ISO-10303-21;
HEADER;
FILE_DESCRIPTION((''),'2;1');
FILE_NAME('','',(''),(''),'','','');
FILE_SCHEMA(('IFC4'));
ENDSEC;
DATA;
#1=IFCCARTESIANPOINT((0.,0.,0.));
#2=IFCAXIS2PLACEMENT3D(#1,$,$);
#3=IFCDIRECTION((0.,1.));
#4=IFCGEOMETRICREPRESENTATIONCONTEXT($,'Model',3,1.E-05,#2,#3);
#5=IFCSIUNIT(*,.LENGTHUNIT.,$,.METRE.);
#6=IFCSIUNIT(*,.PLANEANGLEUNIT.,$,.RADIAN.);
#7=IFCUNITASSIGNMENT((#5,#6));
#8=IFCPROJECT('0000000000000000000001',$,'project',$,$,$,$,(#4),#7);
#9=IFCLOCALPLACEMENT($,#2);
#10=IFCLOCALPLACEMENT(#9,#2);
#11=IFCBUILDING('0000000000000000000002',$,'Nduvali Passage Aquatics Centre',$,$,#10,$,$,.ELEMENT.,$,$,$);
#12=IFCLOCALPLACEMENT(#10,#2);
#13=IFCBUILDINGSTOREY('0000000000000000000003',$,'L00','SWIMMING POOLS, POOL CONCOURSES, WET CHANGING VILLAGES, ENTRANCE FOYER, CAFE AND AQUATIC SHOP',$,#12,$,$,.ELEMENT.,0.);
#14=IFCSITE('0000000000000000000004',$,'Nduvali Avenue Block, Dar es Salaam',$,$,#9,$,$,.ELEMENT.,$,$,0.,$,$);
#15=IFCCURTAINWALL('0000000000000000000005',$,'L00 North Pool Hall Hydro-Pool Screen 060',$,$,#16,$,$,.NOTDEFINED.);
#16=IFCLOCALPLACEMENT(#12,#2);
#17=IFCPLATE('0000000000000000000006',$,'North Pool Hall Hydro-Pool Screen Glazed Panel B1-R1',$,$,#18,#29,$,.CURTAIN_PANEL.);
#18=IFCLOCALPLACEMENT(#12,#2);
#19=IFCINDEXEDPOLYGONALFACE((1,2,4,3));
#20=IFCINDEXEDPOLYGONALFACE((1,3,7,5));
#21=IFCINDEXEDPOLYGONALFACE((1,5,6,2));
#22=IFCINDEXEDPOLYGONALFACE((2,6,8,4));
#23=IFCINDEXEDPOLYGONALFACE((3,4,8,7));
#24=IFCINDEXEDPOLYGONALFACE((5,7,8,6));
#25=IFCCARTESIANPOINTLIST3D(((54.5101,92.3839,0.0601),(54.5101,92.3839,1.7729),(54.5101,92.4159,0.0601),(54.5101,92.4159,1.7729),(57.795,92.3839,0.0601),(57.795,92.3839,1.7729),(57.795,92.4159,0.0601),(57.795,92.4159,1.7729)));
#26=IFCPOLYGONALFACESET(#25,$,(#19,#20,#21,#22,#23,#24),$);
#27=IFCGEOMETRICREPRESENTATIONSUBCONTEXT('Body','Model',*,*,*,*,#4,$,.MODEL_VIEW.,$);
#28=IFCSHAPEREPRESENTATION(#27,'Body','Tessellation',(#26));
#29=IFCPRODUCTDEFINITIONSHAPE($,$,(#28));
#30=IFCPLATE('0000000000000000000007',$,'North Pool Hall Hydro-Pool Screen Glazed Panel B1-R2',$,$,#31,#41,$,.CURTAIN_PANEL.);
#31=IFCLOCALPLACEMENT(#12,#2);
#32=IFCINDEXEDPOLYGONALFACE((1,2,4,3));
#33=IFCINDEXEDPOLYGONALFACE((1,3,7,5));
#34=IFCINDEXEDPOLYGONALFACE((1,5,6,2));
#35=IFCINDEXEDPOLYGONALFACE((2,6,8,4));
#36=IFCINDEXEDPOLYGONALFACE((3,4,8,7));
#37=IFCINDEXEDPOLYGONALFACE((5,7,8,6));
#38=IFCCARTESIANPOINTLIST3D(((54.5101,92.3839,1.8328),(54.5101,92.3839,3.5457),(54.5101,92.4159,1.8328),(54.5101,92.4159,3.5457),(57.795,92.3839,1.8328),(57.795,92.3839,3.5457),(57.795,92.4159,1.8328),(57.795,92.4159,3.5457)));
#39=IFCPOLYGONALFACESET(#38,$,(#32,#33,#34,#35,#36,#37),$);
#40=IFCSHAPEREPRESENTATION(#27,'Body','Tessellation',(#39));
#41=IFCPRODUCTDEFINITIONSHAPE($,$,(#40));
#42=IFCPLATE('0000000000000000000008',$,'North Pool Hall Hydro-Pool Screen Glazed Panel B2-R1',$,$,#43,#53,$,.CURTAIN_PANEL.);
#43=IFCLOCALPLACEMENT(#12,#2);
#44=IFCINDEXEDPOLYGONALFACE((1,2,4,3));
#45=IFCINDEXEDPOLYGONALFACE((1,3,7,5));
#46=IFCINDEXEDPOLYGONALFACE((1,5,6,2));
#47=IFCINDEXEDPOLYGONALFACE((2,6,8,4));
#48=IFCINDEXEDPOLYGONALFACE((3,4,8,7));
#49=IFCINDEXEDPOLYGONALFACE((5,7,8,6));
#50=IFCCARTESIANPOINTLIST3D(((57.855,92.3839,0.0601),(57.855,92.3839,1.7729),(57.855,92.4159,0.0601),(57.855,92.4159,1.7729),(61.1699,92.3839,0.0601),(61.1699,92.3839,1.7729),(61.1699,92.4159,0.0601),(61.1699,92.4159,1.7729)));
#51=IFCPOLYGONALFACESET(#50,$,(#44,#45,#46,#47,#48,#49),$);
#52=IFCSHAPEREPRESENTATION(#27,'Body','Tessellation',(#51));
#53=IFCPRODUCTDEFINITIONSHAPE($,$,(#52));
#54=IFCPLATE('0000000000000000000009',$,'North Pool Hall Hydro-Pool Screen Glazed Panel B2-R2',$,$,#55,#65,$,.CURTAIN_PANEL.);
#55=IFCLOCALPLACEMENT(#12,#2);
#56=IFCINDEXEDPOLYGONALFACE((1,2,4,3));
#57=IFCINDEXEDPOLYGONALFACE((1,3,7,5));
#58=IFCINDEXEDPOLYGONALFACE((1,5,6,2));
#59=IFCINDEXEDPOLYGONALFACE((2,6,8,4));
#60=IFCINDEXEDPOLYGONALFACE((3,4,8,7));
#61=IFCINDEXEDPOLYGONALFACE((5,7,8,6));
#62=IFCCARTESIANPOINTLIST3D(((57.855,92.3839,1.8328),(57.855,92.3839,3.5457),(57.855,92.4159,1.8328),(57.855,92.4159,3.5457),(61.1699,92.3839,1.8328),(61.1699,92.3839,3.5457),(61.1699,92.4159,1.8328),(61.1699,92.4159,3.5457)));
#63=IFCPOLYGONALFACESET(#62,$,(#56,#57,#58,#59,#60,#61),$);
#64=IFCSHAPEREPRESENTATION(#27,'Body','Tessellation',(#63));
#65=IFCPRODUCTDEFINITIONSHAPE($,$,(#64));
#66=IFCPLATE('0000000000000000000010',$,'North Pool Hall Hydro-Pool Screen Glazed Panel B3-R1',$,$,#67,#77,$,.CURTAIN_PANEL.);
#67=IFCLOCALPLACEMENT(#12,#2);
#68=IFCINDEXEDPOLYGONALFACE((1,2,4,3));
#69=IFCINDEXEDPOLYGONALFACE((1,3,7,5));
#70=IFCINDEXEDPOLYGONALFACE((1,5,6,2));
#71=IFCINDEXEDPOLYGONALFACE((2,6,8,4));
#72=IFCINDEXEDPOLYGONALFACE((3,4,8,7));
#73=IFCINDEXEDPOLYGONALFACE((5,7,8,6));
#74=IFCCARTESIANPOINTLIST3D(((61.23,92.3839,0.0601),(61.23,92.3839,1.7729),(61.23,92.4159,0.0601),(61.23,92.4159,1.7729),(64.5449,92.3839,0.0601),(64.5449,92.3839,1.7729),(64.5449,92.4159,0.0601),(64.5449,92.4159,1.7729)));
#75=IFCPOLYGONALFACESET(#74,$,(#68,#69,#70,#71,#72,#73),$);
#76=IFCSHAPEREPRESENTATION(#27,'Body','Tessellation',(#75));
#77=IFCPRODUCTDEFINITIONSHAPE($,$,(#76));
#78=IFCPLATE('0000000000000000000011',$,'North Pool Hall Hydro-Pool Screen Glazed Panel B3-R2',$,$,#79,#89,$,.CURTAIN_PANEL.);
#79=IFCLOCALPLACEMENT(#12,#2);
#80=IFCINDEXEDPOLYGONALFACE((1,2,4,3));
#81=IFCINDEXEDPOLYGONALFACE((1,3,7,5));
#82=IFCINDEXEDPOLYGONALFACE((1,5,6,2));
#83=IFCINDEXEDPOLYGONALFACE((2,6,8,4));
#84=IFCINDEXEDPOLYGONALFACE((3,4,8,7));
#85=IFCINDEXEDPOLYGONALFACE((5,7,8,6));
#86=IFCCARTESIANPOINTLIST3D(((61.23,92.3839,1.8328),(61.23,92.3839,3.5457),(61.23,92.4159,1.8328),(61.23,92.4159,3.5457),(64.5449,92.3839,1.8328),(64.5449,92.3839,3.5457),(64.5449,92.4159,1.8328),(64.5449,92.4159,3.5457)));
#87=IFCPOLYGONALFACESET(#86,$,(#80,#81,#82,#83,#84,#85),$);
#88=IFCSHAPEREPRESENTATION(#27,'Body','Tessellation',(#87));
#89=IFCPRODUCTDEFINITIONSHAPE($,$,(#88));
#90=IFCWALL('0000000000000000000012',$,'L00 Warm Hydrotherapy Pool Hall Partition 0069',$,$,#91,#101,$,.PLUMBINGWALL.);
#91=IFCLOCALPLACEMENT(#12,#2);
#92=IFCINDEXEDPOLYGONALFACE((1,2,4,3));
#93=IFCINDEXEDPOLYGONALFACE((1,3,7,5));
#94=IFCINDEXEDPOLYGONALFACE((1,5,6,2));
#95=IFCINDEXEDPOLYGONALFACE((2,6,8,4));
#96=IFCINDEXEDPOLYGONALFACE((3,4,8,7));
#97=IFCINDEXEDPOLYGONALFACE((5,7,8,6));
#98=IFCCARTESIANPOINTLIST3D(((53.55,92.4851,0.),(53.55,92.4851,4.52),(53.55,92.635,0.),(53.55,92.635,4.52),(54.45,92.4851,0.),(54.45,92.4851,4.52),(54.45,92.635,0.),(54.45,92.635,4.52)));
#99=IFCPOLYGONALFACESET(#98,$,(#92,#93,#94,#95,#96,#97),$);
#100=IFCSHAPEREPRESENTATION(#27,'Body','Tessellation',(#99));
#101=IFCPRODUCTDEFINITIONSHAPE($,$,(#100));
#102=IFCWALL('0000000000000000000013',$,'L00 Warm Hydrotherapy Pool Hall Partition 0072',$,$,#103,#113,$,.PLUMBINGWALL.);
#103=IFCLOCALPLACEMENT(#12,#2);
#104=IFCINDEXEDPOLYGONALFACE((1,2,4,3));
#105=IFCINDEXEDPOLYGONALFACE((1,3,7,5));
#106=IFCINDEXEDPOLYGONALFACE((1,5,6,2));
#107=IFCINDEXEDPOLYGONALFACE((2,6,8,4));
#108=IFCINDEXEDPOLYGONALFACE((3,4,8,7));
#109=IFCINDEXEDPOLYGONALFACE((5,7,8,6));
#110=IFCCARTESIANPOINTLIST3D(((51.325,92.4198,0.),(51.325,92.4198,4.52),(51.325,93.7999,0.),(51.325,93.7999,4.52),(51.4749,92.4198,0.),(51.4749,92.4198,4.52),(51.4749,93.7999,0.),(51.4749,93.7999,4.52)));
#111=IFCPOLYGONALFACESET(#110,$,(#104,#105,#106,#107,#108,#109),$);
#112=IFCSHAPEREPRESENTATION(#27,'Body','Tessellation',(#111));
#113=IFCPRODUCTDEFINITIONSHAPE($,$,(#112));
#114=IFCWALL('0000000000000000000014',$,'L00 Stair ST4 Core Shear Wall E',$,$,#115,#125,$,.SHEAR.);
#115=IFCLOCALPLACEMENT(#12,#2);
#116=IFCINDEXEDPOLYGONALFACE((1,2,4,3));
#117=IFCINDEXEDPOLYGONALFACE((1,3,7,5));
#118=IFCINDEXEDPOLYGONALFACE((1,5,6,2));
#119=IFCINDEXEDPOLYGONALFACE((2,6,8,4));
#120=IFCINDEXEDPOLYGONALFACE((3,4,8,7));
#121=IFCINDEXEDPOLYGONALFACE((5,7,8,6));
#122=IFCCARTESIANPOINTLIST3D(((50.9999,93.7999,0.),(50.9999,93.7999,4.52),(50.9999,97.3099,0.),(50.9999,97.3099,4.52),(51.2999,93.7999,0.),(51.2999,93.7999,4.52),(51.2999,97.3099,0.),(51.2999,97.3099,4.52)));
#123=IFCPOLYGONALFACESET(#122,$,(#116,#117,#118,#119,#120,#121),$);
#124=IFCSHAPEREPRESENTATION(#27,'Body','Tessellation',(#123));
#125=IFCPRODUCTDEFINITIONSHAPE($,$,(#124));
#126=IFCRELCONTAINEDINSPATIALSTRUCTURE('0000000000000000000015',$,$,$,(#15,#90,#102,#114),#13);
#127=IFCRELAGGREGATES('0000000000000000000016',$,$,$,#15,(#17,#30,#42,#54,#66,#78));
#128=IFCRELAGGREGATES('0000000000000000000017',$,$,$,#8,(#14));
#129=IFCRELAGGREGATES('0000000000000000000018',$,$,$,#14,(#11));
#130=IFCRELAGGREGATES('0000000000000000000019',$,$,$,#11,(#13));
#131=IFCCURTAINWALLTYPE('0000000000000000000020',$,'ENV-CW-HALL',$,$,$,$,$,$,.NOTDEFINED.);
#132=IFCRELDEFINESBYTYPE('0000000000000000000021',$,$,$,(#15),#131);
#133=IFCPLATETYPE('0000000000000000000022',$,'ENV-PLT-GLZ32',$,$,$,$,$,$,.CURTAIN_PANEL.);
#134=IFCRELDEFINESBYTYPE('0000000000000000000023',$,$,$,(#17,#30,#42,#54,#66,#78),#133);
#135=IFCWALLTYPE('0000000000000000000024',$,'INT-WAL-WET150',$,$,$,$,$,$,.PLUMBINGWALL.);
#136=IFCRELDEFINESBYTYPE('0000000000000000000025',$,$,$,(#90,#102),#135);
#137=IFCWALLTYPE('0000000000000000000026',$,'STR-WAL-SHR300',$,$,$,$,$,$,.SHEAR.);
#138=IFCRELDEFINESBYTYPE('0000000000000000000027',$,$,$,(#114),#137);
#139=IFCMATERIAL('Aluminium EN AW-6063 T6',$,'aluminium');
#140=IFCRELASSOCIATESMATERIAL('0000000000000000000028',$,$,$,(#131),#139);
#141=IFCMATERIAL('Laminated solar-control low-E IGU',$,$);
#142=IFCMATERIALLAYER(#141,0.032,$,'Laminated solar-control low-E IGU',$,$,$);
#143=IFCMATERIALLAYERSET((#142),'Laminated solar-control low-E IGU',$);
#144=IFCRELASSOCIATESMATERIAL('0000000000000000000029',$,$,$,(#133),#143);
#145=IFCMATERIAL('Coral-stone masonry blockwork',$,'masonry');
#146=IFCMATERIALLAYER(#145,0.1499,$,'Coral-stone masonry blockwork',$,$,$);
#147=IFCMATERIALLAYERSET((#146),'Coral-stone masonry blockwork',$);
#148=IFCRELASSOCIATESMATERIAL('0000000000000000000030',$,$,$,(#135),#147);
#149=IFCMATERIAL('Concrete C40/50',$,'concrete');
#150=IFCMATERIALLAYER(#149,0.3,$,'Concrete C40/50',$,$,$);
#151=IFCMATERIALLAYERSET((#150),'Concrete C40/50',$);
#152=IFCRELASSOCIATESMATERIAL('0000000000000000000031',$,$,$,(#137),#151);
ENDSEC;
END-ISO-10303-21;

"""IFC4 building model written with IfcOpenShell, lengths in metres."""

from ifc_helpers import new_model, si_unit, direction, frame, frame_2d, origin, origin_2d, place, context, subcontext, project, spatial, rectangle, extrude, material, layer, layer_set, type_object, element, aggregate, save


model = new_model("IFC4")

# Units and contexts
model_context = context("Model", 3, precision=1e-05, world=origin(), true_north=direction((0.0, 1.0)))
body_context = subcontext(model_context, "Body", "Model", "MODEL_VIEW")
ifc_project = project(units=[si_unit("LENGTHUNIT", "METRE"), si_unit("PLANEANGLEUNIT", "RADIAN")], contexts=[model_context])

# Site, building, storey
site_placement = place(None, origin())
site = spatial("IfcSite", under=ifc_project, at=site_placement, Name="Nduvali Avenue Block, Dar es Salaam", CompositionType="ELEMENT", RefElevation=0.0)
building_placement = place(site_placement, origin())
building = spatial("IfcBuilding", under=site, at=building_placement, Name="Nduvali Passage Aquatics Centre", CompositionType="ELEMENT")
storey_placement = place(building_placement, origin())
storey = spatial("IfcBuildingStorey", under=building, at=storey_placement, Name="L00", Description="SWIMMING POOLS, POOL CONCOURSES, WET CHANGING VILLAGES, ENTRANCE FOYER, CAFE AND AQUATIC SHOP", CompositionType="ELEMENT", Elevation=0.0)

# Curtain wall
ifc_material_1 = material(Name="Aluminium EN AW-6063 T6", Category="aluminium")
curtain_wall_type = type_object("IfcCurtainWallType", Name="ENV-CW-HALL", PredefinedType="NOTDEFINED", material=ifc_material_1)
curtain_wall_placement = place(storey_placement, origin())
curtain_wall = element("IfcCurtainWall", 1, at=curtain_wall_placement, inside=storey, type_object=curtain_wall_type, Name="L00 North Pool Hall Hydro-Pool Screen 060", PredefinedType="NOTDEFINED")

# Shared definitions
ifc_material_2 = material(Name="Concrete C40/50", Category="concrete")

# Plates
ifc_material_3 = material(Name="Laminated solar-control low-E IGU")
ifc_layer_1 = layer(ifc_material_3, 0.032, Name="Laminated solar-control low-E IGU")
ifc_layer_set_1 = layer_set([ifc_layer_1], Name="Laminated solar-control low-E IGU")
plate_type = type_object("IfcPlateType", Name="ENV-PLT-GLZ32", PredefinedType="CURTAIN_PANEL", material=ifc_layer_set_1)
plate_1_placement = place(storey_placement, frame((56.1526, 92.3999, 0.0601), z_axis=(0.0, 0.0, 1.0), x_axis=(1.0, 0.0, 0.0)))
plate_1 = element("IfcPlate", 2, at=plate_1_placement, type_object=plate_type, Name="North Pool Hall Hydro-Pool Screen Glazed Panel B1-R1", PredefinedType="CURTAIN_PANEL", context=body_context, shape_type="SweptSolid", body=[
    extrude(rectangle(XDim=3.2849, YDim=0.032, at=origin_2d()), origin(), (0.0, 0.0, 1.0), 1.7129),
])
plate_2_placement = place(storey_placement, frame((56.1526, 92.3999, 1.8328), z_axis=(0.0, 0.0, 1.0), x_axis=(1.0, 0.0, 0.0)))
plate_2 = element("IfcPlate", 3, at=plate_2_placement, type_object=plate_type, Name="North Pool Hall Hydro-Pool Screen Glazed Panel B1-R2", PredefinedType="CURTAIN_PANEL", context=body_context, shape_type="SweptSolid", body=[
    extrude(rectangle(XDim=3.2849, YDim=0.032, at=origin_2d()), origin(), (0.0, 0.0, 1.0), 1.7129),
])
plate_3_placement = place(storey_placement, frame((59.5125, 92.3999, 0.0601), z_axis=(0.0, 0.0, 1.0), x_axis=(1.0, 0.0, 0.0)))
plate_3 = element("IfcPlate", 4, at=plate_3_placement, type_object=plate_type, Name="North Pool Hall Hydro-Pool Screen Glazed Panel B2-R1", PredefinedType="CURTAIN_PANEL", context=body_context, shape_type="SweptSolid", body=[
    extrude(rectangle(XDim=3.3149, YDim=0.032, at=origin_2d()), origin(), (0.0, 0.0, 1.0), 1.7129),
])
plate_4_placement = place(storey_placement, frame((59.5125, 92.3999, 1.8328), z_axis=(0.0, 0.0, 1.0), x_axis=(1.0, 0.0, 0.0)))
plate_4 = element("IfcPlate", 5, at=plate_4_placement, type_object=plate_type, Name="North Pool Hall Hydro-Pool Screen Glazed Panel B2-R2", PredefinedType="CURTAIN_PANEL", context=body_context, shape_type="SweptSolid", body=[
    extrude(rectangle(XDim=3.3149, YDim=0.032, at=origin_2d()), origin(), (0.0, 0.0, 1.0), 1.7129),
])
plate_5_placement = place(storey_placement, frame((62.8875, 92.3999, 0.0601), z_axis=(0.0, 0.0, 1.0), x_axis=(1.0, 0.0, 0.0)))
plate_5 = element("IfcPlate", 6, at=plate_5_placement, type_object=plate_type, Name="North Pool Hall Hydro-Pool Screen Glazed Panel B3-R1", PredefinedType="CURTAIN_PANEL", context=body_context, shape_type="SweptSolid", body=[
    extrude(rectangle(XDim=3.3149, YDim=0.032, at=origin_2d()), origin(), (0.0, 0.0, 1.0), 1.7129),
])
plate_6_placement = place(storey_placement, frame((62.8875, 92.3999, 1.8328), z_axis=(0.0, 0.0, 1.0), x_axis=(1.0, 0.0, 0.0)))
plate_6 = element("IfcPlate", 7, at=plate_6_placement, type_object=plate_type, Name="North Pool Hall Hydro-Pool Screen Glazed Panel B3-R2", PredefinedType="CURTAIN_PANEL", context=body_context, shape_type="SweptSolid", body=[
    extrude(rectangle(XDim=3.3149, YDim=0.032, at=origin_2d()), origin(), (0.0, 0.0, 1.0), 1.7129),
])
aggregate(curtain_wall, [plate_1, plate_2, plate_3, plate_4, plate_5, plate_6])

# Walls
ifc_material_4 = material(Name="Coral-stone masonry blockwork", Category="masonry")
ifc_layer_2 = layer(ifc_material_4, 0.1499, Name="Coral-stone masonry blockwork")
ifc_layer_set_2 = layer_set([ifc_layer_2], Name="Coral-stone masonry blockwork")
wall_type_1 = type_object("IfcWallType", Name="INT-WAL-WET150", PredefinedType="PLUMBINGWALL", material=ifc_layer_set_2)
wall_1_placement = place(storey_placement, frame((53.55, 92.5601, 0.0), z_axis=(0.0, 0.0, 1.0), x_axis=(1.0, 0.0, 0.0)))
element("IfcWall", 8, at=wall_1_placement, inside=storey, type_object=wall_type_1, Name="L00 Warm Hydrotherapy Pool Hall Partition 0069", PredefinedType="PLUMBINGWALL", context=body_context, shape_type="SweptSolid", body=[
    extrude(rectangle(XDim=0.8999, YDim=0.1499, at=frame_2d((0.45, 0.0))), origin(), (0.0, 0.0, 1.0), 4.52),
])
wall_2_placement = place(storey_placement, frame((51.3999, 92.4199, 0.0), z_axis=(0.0, 0.0, 1.0), x_axis=(0.0, 1.0, 0.0)))
element("IfcWall", 9, at=wall_2_placement, inside=storey, type_object=wall_type_1, Name="L00 Warm Hydrotherapy Pool Hall Partition 0072", PredefinedType="PLUMBINGWALL", context=body_context, shape_type="SweptSolid", body=[
    extrude(rectangle(XDim=1.3801, YDim=0.1499, at=frame_2d((0.6899, 0.0))), origin(), (0.0, 0.0, 1.0), 4.52),
])
ifc_layer_3 = layer(ifc_material_2, 0.3, Name="Concrete C40/50")
ifc_layer_set_3 = layer_set([ifc_layer_3], Name="Concrete C40/50")
wall_type_2 = type_object("IfcWallType", Name="STR-WAL-SHR300", PredefinedType="SHEAR", material=ifc_layer_set_3)
wall_3_placement = place(storey_placement, frame((51.1499, 93.8, 0.0), z_axis=(0.0, 0.0, 1.0), x_axis=(0.0, 1.0, 0.0)))
element("IfcWall", 10, at=wall_3_placement, inside=storey, type_object=wall_type_2, Name="L00 Stair ST4 Core Shear Wall E", PredefinedType="SHEAR", context=body_context, shape_type="SweptSolid", body=[
    extrude(rectangle(XDim=3.51, YDim=0.3, at=frame_2d((1.7549, 0.0))), origin(), (0.0, 0.0, 1.0), 4.52),
])

save(model, "model.ifc")
